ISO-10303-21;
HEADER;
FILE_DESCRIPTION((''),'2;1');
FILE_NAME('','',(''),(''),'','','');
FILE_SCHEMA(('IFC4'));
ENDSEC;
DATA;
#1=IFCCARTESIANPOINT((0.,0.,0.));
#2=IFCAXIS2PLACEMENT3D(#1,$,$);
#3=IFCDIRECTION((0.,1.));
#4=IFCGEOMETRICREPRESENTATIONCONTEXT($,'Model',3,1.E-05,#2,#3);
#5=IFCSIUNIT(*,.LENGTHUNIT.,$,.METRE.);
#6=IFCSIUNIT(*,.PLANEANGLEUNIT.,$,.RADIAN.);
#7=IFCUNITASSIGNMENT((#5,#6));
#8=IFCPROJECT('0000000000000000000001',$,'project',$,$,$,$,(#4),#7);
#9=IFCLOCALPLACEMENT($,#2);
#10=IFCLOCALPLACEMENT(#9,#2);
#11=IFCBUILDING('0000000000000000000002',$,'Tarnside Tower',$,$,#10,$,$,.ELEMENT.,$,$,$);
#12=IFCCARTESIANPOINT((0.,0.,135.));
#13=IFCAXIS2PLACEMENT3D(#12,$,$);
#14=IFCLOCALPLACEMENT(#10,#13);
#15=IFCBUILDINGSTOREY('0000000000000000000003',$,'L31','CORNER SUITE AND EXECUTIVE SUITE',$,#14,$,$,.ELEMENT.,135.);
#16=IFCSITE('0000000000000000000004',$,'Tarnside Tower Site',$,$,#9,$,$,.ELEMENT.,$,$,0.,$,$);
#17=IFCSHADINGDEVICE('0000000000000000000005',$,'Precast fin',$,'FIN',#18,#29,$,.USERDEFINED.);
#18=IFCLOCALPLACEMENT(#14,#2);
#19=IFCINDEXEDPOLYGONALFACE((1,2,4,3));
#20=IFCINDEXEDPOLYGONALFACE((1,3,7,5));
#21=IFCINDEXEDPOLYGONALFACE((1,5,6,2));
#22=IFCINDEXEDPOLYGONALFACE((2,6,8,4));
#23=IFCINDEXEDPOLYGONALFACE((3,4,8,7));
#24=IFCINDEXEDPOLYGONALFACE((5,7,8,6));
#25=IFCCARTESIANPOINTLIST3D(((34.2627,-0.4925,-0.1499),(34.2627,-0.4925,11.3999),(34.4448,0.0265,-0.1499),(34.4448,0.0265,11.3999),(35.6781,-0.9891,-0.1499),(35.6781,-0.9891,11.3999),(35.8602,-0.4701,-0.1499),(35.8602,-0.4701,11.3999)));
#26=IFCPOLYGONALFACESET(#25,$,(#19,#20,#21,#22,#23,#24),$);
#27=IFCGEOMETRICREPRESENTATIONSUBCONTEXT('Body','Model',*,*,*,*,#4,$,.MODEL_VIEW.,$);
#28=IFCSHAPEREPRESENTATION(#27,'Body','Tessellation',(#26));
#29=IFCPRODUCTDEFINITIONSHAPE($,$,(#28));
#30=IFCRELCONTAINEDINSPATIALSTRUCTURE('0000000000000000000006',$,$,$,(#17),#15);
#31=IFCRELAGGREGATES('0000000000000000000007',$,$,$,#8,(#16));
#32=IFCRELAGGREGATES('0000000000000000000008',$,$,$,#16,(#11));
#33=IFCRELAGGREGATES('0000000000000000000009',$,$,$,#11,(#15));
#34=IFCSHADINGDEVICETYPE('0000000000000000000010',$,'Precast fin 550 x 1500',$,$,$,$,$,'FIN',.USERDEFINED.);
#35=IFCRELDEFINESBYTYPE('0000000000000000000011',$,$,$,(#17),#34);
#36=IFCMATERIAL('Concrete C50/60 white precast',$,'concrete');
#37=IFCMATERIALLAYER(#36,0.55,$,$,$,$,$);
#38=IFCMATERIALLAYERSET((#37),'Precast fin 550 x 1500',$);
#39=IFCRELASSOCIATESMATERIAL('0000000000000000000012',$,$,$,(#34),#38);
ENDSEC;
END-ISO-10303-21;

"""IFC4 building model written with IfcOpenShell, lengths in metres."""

from ifc_helpers import new_model, si_unit, direction, frame, origin, place, context, subcontext, project, spatial, polyline, outline, extrude, material, layer, layer_set, type_object, element, save


model = new_model("IFC4")

# Units and contexts
model_context = context("Model", 3, precision=1e-05, world=origin(), true_north=direction((0.0, 1.0)))
body_context = subcontext(model_context, "Body", "Model", "MODEL_VIEW")
ifc_project = project(units=[si_unit("LENGTHUNIT", "METRE"), si_unit("PLANEANGLEUNIT", "RADIAN")], contexts=[model_context])

# Site, building, storey
site_placement = place(None, origin())
site = spatial("IfcSite", under=ifc_project, at=site_placement, Name="Tarnside Tower Site", CompositionType="ELEMENT", RefElevation=0.0)
building_placement = place(site_placement, origin())
building = spatial("IfcBuilding", under=site, at=building_placement, Name="Tarnside Tower", CompositionType="ELEMENT")
storey_placement = place(building_placement, frame((0.0, 0.0, 135.0)))
storey = spatial("IfcBuildingStorey", under=building, at=storey_placement, Name="L31", Description="CORNER SUITE AND EXECUTIVE SUITE", CompositionType="ELEMENT", Elevation=135.0)

# Shading device
ifc_material_1 = material(Name="Concrete C50/60 white precast", Category="concrete")
ifc_layer_1 = layer(ifc_material_1, 0.55)
ifc_layer_set_1 = layer_set([ifc_layer_1], Name="Precast fin 550 x 1500")
shading_device_type_1 = type_object("IfcShadingDeviceType", Name="Precast fin 550 x 1500", ElementType="FIN", PredefinedType="USERDEFINED", material=ifc_layer_set_1)
shading_device_placement = place(storey_placement, frame((34.3538, -0.2329, -0.1499), z_axis=(-0.331063, -0.943609, 0.0), x_axis=(0.943609, -0.331063, 0.0)))
element("IfcShadingDevice", 1, at=shading_device_placement, inside=storey, type_object=shading_device_type_1, Name="Precast fin", ObjectType="FIN", PredefinedType="USERDEFINED", context=body_context, shape_type="SweptSolid", body=[
    extrude(outline(polyline([(0.0, 0.0), (1.5, 0.0), (1.5, 11.5498), (0.0, 11.5498), (0.0, 0.0)])), frame((0.0, 0.0, -0.2749)), (0.0, 0.0, 1.0), 0.55),
])

save(model, "model.ifc")
